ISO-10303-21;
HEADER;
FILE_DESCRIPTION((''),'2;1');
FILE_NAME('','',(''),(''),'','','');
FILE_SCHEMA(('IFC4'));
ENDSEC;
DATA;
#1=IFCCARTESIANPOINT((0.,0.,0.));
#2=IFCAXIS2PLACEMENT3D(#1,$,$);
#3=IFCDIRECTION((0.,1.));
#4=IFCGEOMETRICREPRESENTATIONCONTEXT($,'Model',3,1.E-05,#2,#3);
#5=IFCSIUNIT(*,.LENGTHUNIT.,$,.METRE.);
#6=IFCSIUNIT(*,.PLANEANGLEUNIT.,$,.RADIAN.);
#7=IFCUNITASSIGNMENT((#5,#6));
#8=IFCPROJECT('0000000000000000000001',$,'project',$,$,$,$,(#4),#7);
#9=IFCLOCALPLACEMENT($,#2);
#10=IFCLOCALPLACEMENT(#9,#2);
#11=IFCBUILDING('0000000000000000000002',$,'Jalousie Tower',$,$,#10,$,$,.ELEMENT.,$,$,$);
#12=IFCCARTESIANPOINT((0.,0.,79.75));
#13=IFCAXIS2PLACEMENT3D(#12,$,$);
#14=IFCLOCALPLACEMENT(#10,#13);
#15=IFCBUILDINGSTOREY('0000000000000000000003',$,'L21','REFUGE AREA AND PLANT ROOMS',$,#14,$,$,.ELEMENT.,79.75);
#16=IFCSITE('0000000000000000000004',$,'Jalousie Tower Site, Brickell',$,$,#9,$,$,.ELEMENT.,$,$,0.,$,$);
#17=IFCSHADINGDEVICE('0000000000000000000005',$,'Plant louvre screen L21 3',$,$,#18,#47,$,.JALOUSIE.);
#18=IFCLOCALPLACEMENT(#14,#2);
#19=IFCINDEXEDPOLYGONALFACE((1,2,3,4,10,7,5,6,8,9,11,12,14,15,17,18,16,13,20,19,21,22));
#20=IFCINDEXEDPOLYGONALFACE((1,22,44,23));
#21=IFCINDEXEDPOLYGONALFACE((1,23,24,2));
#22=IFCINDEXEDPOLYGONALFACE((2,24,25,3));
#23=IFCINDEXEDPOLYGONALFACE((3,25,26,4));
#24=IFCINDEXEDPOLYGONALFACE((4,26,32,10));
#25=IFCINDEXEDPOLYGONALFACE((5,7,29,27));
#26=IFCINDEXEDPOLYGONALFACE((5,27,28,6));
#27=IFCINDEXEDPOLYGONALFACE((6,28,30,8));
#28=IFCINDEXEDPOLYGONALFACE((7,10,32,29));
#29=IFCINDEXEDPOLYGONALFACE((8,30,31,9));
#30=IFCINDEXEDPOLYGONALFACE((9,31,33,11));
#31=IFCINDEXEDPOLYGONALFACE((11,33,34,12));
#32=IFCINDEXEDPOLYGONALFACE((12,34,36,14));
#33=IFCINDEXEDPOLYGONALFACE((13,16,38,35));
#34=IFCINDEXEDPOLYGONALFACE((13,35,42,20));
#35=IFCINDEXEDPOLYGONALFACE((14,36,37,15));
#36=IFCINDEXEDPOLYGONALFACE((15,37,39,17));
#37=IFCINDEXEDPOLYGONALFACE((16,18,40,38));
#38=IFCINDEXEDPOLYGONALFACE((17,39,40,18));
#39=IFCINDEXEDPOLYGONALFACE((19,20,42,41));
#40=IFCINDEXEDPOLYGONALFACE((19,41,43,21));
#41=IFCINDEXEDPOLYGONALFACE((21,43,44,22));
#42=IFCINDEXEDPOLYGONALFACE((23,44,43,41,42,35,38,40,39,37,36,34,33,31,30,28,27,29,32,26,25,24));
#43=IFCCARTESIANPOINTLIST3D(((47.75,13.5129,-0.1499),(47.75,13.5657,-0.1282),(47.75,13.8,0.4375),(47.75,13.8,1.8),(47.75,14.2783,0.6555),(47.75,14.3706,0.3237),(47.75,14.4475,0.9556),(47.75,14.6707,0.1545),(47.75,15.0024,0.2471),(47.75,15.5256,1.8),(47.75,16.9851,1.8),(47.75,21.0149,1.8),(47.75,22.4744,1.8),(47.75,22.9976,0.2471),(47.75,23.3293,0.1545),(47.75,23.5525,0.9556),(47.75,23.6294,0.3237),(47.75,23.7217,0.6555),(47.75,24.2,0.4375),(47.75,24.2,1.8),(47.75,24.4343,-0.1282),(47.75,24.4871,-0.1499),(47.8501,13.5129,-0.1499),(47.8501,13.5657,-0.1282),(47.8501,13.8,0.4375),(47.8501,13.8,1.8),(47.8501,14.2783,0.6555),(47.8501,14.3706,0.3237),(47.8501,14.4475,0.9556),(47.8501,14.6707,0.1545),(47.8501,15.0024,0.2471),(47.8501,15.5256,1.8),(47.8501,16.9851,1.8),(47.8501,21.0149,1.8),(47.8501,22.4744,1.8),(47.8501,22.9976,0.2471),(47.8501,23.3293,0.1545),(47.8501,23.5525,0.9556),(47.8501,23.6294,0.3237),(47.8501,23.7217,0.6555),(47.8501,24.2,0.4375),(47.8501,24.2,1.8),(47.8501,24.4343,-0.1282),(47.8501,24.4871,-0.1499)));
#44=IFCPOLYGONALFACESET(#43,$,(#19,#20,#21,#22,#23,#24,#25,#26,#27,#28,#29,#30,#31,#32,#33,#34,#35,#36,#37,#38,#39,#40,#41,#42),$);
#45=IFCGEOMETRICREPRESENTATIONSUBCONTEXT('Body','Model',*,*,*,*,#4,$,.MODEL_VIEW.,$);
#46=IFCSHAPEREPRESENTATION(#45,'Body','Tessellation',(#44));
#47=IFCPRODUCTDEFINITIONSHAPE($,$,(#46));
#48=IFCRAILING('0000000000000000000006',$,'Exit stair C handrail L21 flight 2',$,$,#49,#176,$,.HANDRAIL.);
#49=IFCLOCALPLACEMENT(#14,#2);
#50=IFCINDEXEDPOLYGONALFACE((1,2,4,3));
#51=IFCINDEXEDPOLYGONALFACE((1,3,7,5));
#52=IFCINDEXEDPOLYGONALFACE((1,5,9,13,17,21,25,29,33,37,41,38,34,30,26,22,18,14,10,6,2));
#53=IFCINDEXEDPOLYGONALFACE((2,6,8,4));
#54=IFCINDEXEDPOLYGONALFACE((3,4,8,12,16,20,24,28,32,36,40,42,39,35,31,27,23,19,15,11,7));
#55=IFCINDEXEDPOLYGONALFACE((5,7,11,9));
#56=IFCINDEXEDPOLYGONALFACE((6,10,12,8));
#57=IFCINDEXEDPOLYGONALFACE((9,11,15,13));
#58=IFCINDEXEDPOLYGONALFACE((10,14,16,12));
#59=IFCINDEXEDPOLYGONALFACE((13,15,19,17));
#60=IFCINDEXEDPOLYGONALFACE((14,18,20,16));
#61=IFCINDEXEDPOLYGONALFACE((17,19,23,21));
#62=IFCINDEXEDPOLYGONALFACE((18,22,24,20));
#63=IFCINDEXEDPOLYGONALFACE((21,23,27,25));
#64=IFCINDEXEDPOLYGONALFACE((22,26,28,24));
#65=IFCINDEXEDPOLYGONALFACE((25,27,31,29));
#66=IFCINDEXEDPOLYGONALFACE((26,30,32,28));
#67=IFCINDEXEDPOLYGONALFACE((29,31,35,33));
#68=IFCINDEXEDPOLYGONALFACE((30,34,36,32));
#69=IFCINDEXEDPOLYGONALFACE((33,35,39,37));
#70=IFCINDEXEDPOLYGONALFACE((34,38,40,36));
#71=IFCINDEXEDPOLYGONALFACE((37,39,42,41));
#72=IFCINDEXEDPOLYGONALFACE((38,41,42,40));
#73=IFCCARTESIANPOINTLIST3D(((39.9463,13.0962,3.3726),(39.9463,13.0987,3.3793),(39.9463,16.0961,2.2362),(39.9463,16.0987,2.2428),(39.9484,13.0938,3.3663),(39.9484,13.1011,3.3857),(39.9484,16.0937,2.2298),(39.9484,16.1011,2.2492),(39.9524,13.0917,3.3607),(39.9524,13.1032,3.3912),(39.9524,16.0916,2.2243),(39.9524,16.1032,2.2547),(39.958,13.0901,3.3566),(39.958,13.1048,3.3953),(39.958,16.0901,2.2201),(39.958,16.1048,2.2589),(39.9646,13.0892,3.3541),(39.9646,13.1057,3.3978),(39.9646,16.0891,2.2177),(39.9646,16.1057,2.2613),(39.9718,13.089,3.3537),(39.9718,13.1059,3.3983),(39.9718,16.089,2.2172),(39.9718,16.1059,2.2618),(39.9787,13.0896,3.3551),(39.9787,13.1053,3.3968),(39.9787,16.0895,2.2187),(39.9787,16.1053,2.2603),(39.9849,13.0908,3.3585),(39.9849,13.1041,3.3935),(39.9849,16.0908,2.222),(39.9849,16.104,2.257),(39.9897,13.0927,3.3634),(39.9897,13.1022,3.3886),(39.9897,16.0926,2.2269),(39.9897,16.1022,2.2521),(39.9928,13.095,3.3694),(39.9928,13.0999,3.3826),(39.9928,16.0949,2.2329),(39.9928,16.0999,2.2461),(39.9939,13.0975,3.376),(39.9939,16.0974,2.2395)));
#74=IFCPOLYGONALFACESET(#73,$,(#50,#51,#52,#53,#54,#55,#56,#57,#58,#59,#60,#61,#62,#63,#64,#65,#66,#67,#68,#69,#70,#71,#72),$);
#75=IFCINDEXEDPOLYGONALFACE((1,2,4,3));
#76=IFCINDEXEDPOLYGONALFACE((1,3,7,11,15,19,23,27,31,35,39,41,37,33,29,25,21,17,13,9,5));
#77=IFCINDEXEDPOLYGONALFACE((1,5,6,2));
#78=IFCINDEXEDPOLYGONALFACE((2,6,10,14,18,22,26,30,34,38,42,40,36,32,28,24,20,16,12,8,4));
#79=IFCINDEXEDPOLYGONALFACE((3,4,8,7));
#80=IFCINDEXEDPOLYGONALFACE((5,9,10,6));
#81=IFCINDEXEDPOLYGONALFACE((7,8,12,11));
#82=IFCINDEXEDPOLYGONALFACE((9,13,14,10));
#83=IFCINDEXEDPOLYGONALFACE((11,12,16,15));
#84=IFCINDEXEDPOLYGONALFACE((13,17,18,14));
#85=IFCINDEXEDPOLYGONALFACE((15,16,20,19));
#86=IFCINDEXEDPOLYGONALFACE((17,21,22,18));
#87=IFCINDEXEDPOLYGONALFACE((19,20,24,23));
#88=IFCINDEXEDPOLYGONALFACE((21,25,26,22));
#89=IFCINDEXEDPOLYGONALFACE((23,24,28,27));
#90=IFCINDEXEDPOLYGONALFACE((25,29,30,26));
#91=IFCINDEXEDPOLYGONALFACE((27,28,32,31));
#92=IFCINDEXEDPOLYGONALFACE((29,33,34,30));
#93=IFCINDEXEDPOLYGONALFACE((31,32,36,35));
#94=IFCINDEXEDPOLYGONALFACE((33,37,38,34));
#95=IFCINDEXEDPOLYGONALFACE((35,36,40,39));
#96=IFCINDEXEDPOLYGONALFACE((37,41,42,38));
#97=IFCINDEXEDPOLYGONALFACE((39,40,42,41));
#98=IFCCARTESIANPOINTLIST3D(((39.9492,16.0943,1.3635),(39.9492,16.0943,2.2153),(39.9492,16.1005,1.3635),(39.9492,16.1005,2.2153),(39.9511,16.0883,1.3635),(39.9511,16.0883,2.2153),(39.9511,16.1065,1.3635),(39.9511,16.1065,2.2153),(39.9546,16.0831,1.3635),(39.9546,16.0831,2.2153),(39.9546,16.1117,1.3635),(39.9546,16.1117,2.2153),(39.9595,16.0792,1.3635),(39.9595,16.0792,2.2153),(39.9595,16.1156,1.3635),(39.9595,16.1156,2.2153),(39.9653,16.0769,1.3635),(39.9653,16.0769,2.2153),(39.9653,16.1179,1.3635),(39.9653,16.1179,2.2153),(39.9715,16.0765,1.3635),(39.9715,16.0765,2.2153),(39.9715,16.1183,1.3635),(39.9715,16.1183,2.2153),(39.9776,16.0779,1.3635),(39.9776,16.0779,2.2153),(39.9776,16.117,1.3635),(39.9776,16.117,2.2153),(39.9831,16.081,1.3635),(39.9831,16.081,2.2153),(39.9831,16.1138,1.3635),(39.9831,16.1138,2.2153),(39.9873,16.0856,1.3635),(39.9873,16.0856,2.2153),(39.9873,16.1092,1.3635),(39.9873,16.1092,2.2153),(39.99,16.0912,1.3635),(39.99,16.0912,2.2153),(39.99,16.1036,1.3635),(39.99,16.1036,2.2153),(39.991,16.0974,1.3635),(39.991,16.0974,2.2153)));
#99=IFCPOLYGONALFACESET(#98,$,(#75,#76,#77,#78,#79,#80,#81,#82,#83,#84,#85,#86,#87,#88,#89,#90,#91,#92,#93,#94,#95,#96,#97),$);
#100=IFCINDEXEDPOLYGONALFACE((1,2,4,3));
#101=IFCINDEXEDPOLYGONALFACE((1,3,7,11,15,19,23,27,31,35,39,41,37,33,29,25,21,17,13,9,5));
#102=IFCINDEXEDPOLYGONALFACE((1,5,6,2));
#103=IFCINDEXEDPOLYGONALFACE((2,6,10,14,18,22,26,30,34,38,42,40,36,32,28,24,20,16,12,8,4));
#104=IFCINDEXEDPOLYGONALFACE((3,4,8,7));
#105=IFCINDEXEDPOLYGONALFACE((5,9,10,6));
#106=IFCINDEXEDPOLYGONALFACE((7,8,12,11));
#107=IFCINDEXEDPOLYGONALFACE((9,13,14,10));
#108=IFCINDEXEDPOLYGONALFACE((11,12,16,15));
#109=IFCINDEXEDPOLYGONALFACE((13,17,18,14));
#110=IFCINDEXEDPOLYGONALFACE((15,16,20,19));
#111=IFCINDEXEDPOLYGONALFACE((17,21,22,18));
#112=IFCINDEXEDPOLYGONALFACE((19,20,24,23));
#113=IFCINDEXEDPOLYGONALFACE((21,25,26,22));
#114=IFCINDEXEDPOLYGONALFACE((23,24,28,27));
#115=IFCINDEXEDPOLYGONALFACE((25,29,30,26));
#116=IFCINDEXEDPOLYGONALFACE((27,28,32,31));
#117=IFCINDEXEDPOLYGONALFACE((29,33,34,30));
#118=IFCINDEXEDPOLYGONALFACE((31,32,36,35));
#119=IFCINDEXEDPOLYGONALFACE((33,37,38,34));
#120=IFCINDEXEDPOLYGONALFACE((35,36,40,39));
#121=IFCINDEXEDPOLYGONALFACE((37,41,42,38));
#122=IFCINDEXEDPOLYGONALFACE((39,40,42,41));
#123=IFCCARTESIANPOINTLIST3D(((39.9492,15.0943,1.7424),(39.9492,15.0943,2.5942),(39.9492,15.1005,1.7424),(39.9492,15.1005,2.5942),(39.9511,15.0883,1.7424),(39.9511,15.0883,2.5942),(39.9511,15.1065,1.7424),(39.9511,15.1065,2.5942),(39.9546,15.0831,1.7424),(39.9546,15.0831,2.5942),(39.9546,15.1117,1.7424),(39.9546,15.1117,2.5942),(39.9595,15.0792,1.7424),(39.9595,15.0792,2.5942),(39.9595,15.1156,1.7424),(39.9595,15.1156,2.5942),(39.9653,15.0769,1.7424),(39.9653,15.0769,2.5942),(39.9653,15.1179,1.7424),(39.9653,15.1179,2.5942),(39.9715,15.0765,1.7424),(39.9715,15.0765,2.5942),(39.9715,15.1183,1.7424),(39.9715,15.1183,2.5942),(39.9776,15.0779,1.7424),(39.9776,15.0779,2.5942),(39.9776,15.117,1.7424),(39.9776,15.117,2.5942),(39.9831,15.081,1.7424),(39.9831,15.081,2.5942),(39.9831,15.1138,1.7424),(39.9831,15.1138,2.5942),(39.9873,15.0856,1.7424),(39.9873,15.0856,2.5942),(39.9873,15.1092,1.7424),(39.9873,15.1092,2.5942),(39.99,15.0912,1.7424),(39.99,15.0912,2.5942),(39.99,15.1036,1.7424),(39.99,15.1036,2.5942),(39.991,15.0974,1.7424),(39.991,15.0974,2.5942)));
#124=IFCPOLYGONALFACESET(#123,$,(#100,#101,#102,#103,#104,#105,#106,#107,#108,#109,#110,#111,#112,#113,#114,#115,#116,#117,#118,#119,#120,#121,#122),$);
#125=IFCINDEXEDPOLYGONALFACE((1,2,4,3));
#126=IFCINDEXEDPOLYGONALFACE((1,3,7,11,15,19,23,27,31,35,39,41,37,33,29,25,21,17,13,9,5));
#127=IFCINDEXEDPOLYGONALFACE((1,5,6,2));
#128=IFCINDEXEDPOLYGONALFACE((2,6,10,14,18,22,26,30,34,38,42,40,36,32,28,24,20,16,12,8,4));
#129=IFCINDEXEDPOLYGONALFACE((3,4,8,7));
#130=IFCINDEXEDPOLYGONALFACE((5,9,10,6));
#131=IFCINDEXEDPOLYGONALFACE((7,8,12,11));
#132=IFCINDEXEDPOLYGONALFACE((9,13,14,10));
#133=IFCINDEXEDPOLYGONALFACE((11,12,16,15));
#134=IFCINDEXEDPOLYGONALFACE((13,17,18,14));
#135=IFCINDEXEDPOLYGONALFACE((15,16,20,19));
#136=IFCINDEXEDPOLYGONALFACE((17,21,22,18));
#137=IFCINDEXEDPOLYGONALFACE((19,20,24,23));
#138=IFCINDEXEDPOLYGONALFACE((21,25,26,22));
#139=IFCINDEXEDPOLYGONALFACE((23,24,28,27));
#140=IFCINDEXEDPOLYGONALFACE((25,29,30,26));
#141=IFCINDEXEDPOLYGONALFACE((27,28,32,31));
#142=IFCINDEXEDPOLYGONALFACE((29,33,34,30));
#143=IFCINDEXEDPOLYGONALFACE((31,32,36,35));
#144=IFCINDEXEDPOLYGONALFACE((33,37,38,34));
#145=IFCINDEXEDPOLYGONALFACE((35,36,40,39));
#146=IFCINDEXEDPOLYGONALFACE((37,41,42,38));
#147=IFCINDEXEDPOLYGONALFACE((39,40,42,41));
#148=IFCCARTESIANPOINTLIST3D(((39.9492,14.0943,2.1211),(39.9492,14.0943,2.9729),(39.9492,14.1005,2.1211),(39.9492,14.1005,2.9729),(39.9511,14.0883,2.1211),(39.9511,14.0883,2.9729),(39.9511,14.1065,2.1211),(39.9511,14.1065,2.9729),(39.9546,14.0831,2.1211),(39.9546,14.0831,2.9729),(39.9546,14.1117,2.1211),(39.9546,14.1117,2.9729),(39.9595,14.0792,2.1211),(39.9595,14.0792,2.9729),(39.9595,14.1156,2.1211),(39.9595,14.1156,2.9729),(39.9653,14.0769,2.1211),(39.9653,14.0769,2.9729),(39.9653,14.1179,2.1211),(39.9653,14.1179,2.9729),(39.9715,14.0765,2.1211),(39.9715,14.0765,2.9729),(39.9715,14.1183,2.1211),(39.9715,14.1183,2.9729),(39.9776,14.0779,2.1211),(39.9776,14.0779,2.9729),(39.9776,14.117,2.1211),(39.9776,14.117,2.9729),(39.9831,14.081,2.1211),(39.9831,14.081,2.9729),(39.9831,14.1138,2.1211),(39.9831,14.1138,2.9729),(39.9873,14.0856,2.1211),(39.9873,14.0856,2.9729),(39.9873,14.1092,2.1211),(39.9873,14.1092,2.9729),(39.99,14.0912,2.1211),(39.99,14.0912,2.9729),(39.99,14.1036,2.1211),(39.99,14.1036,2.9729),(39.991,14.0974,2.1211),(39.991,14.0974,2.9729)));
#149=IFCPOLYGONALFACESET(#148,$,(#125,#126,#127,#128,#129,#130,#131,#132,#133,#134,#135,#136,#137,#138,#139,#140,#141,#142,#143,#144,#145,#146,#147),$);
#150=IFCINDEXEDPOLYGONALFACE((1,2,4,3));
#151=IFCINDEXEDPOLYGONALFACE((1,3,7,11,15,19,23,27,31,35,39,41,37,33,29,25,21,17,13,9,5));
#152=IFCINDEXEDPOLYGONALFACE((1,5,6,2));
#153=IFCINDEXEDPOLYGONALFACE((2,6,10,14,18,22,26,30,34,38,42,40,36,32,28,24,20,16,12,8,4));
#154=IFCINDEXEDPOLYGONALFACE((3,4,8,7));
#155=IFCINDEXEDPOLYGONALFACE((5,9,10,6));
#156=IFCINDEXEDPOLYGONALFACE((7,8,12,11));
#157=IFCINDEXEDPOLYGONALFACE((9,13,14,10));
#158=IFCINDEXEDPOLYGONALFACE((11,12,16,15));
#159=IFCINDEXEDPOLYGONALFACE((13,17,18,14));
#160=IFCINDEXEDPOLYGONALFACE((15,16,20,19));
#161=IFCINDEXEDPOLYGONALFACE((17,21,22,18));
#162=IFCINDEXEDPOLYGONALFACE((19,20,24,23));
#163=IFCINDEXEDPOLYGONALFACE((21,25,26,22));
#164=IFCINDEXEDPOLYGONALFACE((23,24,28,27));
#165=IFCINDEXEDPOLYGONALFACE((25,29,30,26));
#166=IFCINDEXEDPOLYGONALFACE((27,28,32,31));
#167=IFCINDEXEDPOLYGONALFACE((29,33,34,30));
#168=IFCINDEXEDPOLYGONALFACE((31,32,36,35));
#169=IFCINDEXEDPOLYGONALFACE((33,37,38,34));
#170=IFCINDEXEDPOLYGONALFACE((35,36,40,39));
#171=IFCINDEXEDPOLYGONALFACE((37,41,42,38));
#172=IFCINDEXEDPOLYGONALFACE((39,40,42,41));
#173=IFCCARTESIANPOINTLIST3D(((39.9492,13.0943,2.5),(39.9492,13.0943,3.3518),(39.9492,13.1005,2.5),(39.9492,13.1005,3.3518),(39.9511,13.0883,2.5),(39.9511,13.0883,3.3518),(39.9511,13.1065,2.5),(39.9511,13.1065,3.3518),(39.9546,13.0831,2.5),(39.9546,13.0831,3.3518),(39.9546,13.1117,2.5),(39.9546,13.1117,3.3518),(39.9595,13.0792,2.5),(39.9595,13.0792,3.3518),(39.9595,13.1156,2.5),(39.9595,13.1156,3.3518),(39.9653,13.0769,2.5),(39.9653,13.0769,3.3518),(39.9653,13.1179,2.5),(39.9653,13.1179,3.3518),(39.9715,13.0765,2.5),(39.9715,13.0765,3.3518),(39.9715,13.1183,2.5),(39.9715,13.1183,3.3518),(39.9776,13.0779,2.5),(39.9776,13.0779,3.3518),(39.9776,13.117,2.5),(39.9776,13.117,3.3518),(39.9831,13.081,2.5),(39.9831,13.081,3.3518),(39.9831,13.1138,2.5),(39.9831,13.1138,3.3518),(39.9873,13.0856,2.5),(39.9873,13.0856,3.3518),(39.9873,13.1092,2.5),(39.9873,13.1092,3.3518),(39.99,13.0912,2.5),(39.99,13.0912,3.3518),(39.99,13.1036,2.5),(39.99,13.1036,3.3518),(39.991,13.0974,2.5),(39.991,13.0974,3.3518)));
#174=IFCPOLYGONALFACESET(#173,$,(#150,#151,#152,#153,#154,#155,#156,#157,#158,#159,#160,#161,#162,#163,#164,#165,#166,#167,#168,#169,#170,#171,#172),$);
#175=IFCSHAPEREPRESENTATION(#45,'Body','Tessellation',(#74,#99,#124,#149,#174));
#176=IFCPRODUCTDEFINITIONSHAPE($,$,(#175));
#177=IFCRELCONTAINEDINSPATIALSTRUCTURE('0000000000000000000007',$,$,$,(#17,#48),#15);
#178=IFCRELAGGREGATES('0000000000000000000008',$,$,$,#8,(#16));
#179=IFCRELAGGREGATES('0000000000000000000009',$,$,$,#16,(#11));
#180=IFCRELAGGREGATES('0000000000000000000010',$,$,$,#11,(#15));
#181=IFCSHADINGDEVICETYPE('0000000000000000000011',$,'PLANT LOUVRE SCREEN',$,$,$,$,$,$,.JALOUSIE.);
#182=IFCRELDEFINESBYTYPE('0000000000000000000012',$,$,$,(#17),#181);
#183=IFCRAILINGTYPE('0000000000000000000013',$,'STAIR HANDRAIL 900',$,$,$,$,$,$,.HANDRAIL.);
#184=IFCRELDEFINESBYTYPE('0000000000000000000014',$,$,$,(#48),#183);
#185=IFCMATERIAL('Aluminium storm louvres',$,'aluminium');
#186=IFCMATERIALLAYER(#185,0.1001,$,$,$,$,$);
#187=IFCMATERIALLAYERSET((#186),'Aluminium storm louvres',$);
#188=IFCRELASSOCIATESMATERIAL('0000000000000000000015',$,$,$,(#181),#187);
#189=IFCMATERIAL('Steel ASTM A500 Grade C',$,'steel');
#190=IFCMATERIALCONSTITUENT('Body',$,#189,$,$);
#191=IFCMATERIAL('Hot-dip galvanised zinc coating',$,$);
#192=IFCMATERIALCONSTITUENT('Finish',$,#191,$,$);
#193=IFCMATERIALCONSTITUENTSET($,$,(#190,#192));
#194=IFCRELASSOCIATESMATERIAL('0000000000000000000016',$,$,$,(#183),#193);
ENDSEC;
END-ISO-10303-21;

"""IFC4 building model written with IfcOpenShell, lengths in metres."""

from ifc_helpers import new_model, si_unit, direction, frame, origin, origin_2d, place, context, subcontext, project, spatial, polyline, circle, outline, extrude, material, layer, layer_set, constituent, constituent_set, type_object, element, save


model = new_model("IFC4")

# Units and contexts
model_context = context("Model", 3, precision=1e-05, world=origin(), true_north=direction((0.0, 1.0)))
body_context = subcontext(model_context, "Body", "Model", "MODEL_VIEW")
ifc_project = project(units=[si_unit("LENGTHUNIT", "METRE"), si_unit("PLANEANGLEUNIT", "RADIAN")], contexts=[model_context])

# Site, building, storey
site_placement = place(None, origin())
site = spatial("IfcSite", under=ifc_project, at=site_placement, Name="Jalousie Tower Site, Brickell", CompositionType="ELEMENT", RefElevation=0.0)
building_placement = place(site_placement, origin())
building = spatial("IfcBuilding", under=site, at=building_placement, Name="Jalousie Tower", CompositionType="ELEMENT")
storey_placement = place(building_placement, frame((0.0, 0.0, 79.75)))
storey = spatial("IfcBuildingStorey", under=building, at=storey_placement, Name="L21", Description="REFUGE AREA AND PLANT ROOMS", CompositionType="ELEMENT", Elevation=79.75)

# Shading device
ifc_material_1 = material(Name="Aluminium storm louvres", Category="aluminium")
ifc_layer_1 = layer(ifc_material_1, 0.1001)
ifc_layer_set_1 = layer_set([ifc_layer_1], Name="Aluminium storm louvres")
shading_device_type = type_object("IfcShadingDeviceType", Name="PLANT LOUVRE SCREEN", PredefinedType="JALOUSIE", material=ifc_layer_set_1)
shading_device_placement = place(storey_placement, frame((47.8501, 13.5129, -0.1499), z_axis=(1.0, 0.0, 0.0), x_axis=(0.0, 1.0, 0.0)))
element("IfcShadingDevice", 1, at=shading_device_placement, inside=storey, type_object=shading_device_type, Name="Plant louvre screen L21 3", PredefinedType="JALOUSIE", context=body_context, shape_type="SweptSolid", body=[
    extrude(outline(polyline([(0.0, 0.0), (10.9741, 0.0), (10.9214, 0.0217), (10.687, 0.5874), (10.687, 1.95), (8.9614, 1.95), (10.0396, 1.1055), (10.2087, 0.8054), (10.1165, 0.4736), (9.8164, 0.3044), (9.4846, 0.397), (7.502, 1.95), (3.4722, 1.95), (1.4895, 0.397), (1.1577, 0.3044), (0.8577, 0.4736), (0.7654, 0.8054), (0.9346, 1.1055), (2.0127, 1.95), (0.2871, 1.95), (0.2871, 0.5874), (0.0527, 0.0217), (0.0, 0.0)])), origin(), (0.0, 0.0, -1.0), 0.1001),
])

# Railing
ifc_material_2 = material(Name="Steel ASTM A500 Grade C", Category="steel")
ifc_constituent_1 = constituent(ifc_material_2, Name="Body")
ifc_material_3 = material(Name="Hot-dip galvanised zinc coating")
ifc_constituent_2 = constituent(ifc_material_3, Name="Finish")
ifc_constituent_set_1 = constituent_set(constituents=[ifc_constituent_1, ifc_constituent_2])
railing_type_1 = type_object("IfcRailingType", Name="STAIR HANDRAIL 900", PredefinedType="HANDRAIL", material=ifc_constituent_set_1)
for number, where, name in (
    (2, (39.97, 16.0974, 1.3635), "Exit stair C handrail L21 flight 2"),
):
    element("IfcRailing", number, at=place(storey_placement, frame(where)), inside=storey, type_object=railing_type_1, Name=name, PredefinedType="HANDRAIL", context=body_context, shape_type="SweptSolid", body=[
        extrude(circle(Radius=0.0239, at=origin_2d()), frame((0.0, 0.0, 0.876), z_axis=(0.0, -0.935148, 0.354257), x_axis=(1.0, 0.0, 0.0)), (0.0, 0.0, 1.0), 3.208),
        extrude(circle(Radius=0.021, at=origin_2d()), origin(), (0.0, 0.0, 1.0), 0.8518),
        extrude(circle(Radius=0.021, at=origin_2d()), frame((0.0, -1.0, 0.3789)), (0.0, 0.0, 1.0), 0.8518),
        extrude(circle(Radius=0.021, at=origin_2d()), frame((0.0, -2.0, 0.7576)), (0.0, 0.0, 1.0), 0.8518),
        extrude(circle(Radius=0.021, at=origin_2d()), frame((0.0, -3.0, 1.1365)), (0.0, 0.0, 1.0), 0.8518),
    ])

save(model, "model.ifc")
